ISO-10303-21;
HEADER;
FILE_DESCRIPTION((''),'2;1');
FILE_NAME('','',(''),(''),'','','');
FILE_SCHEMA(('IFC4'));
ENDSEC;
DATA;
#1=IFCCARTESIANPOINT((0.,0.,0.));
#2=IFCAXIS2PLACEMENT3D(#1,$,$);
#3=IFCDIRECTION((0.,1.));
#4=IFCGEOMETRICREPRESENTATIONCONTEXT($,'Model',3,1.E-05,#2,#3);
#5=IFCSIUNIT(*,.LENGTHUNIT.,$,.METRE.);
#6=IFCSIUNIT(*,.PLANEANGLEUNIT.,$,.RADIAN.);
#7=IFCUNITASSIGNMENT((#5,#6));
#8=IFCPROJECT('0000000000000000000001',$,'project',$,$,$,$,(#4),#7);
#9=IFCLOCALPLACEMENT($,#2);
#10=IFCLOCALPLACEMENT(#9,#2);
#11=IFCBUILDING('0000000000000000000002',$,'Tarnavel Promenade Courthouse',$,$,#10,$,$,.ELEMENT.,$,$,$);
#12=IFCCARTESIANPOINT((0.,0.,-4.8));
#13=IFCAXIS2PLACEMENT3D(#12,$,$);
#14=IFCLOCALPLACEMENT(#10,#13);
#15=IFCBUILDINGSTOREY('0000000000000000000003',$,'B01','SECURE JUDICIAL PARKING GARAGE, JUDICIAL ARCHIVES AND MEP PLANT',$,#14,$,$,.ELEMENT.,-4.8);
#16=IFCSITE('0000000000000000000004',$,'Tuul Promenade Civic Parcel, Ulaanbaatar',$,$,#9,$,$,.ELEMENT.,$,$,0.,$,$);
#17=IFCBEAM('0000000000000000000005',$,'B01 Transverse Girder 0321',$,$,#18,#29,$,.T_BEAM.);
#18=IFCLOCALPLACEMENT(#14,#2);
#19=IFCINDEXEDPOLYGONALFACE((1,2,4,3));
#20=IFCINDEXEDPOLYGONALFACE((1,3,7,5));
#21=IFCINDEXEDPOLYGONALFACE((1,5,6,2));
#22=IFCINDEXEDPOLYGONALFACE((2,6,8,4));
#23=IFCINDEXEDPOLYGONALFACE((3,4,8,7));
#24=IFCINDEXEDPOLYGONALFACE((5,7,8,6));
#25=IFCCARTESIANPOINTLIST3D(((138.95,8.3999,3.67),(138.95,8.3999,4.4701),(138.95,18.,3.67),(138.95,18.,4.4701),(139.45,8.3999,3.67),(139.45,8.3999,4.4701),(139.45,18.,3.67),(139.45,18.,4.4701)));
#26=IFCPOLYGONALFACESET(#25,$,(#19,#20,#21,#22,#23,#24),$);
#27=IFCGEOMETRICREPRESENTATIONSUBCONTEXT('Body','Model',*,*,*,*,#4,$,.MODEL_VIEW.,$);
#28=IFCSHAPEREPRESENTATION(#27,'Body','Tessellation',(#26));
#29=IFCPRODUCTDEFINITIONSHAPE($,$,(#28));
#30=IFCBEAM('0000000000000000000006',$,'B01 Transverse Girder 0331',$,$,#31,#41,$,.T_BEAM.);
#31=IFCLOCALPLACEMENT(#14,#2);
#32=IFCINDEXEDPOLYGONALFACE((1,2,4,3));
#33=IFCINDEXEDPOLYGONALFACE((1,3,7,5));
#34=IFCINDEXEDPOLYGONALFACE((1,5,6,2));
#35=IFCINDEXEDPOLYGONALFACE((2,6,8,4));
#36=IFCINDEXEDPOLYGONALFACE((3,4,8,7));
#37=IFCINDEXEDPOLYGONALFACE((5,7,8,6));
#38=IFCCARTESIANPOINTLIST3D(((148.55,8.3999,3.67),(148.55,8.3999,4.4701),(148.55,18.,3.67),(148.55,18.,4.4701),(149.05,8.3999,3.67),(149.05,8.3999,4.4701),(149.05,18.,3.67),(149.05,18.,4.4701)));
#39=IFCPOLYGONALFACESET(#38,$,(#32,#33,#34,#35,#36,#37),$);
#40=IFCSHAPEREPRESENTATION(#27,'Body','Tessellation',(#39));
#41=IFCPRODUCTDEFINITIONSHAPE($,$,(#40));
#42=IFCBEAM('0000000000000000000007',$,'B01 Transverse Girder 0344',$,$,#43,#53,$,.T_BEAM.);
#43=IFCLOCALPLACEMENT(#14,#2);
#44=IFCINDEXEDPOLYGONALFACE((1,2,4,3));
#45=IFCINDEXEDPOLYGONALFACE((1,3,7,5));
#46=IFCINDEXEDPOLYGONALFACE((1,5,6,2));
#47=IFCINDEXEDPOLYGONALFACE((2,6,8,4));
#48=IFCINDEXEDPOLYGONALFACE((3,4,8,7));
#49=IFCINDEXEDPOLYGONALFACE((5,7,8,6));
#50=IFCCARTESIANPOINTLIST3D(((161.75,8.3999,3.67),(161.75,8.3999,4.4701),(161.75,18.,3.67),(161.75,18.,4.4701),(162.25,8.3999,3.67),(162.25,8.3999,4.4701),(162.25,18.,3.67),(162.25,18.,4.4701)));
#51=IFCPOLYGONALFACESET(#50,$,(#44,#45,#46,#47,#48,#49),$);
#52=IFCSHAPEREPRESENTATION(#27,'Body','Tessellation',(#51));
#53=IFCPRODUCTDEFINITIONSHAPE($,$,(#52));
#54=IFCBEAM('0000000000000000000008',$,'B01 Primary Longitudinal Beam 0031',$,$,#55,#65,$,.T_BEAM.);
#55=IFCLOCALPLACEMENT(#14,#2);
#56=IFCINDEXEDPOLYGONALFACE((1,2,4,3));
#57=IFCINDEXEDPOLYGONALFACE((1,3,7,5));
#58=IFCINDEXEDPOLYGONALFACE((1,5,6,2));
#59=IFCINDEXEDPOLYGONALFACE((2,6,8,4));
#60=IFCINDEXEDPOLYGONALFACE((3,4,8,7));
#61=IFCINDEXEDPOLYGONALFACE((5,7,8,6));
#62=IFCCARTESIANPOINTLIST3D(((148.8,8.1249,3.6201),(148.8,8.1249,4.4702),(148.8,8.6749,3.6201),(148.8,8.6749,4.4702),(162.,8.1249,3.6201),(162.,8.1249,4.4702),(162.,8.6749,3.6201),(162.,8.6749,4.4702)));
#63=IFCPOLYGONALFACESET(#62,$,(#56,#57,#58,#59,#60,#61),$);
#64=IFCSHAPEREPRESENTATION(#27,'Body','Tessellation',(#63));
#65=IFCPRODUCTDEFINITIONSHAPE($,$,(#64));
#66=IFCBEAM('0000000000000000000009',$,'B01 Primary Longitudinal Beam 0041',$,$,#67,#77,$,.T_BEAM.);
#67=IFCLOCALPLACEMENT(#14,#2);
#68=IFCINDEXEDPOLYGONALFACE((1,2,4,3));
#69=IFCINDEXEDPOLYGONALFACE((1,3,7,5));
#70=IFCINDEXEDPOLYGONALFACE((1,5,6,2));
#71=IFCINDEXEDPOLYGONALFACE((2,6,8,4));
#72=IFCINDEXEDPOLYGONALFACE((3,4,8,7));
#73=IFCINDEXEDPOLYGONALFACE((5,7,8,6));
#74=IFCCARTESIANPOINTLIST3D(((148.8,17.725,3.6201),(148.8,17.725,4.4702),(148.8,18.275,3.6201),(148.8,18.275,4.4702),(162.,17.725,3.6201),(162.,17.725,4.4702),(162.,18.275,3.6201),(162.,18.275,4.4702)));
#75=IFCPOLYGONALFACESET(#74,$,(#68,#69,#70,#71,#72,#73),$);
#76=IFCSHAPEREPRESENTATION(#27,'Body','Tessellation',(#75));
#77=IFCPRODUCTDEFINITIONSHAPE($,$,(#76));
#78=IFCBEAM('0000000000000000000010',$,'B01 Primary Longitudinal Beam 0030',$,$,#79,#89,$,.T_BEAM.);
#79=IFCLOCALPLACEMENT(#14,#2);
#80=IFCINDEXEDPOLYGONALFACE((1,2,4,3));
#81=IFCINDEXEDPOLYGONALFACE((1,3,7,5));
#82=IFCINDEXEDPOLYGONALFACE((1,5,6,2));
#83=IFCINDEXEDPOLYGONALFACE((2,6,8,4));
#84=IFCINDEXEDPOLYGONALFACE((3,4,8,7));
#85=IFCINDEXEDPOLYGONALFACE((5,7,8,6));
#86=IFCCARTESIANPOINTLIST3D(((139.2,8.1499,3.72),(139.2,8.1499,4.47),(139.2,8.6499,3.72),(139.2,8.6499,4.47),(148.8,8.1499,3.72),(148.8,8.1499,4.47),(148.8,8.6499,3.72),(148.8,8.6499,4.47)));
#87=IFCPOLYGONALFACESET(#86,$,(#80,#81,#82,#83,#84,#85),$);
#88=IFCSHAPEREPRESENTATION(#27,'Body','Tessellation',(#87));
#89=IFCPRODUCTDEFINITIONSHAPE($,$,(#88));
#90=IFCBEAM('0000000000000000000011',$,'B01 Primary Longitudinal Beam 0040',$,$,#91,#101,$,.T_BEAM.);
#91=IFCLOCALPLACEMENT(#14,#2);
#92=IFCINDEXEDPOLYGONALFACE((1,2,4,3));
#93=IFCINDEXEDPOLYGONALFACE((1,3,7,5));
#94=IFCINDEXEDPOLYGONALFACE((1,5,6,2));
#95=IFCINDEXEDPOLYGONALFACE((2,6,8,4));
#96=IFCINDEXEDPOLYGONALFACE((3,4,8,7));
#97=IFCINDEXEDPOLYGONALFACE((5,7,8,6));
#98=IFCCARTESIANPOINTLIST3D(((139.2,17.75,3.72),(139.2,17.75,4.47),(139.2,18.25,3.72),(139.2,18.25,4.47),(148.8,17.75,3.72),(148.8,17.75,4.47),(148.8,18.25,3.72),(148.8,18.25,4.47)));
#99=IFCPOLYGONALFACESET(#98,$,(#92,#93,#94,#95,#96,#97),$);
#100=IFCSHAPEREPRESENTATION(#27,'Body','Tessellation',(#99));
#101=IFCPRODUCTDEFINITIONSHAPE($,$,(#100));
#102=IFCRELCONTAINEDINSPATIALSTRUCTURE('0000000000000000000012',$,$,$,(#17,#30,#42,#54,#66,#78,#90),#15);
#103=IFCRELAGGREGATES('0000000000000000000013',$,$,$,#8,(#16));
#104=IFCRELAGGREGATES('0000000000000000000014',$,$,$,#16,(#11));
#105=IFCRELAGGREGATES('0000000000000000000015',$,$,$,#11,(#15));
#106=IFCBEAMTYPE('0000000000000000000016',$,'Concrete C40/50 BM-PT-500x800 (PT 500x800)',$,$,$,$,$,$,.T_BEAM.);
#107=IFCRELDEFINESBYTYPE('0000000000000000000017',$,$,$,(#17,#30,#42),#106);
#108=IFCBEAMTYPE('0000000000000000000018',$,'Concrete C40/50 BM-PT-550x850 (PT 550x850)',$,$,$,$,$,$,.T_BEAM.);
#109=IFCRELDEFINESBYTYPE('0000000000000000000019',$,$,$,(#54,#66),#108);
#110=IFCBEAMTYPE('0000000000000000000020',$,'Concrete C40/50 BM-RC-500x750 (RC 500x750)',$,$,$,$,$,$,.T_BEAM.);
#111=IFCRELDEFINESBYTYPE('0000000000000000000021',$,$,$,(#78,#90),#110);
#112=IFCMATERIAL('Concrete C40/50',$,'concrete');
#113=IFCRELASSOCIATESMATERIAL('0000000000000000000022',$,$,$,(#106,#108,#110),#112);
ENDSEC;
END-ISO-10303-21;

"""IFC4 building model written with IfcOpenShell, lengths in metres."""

from ifc_helpers import new_model, si_unit, direction, frame, origin, origin_2d, place, context, subcontext, project, spatial, rectangle, extrude, material, material_profile, profile_set, type_object, element, save


model = new_model("IFC4")

# Units and contexts
model_context = context("Model", 3, precision=1e-05, world=origin(), true_north=direction((0.0, 1.0)))
body_context = subcontext(model_context, "Body", "Model", "MODEL_VIEW")
ifc_project = project(units=[si_unit("LENGTHUNIT", "METRE"), si_unit("PLANEANGLEUNIT", "RADIAN")], contexts=[model_context])

# Site, building, storey
site_placement = place(None, origin())
site = spatial("IfcSite", under=ifc_project, at=site_placement, Name="Tuul Promenade Civic Parcel, Ulaanbaatar", CompositionType="ELEMENT", RefElevation=0.0)
building_placement = place(site_placement, origin())
building = spatial("IfcBuilding", under=site, at=building_placement, Name="Tarnavel Promenade Courthouse", CompositionType="ELEMENT")
storey_placement = place(building_placement, frame((0.0, 0.0, -4.8)))
storey = spatial("IfcBuildingStorey", under=building, at=storey_placement, Name="B01", Description="SECURE JUDICIAL PARKING GARAGE, JUDICIAL ARCHIVES AND MEP PLANT", CompositionType="ELEMENT", Elevation=-4.8)

# Shared definitions
ifc_material_1 = material(Name="Concrete C40/50", Category="concrete")

# Beams
ifc_material_profile_1 = material_profile(ifc_material_1, rectangle(XDim=0.5, YDim=0.8, at=origin_2d()), Name="PT 500x800")
ifc_profile_set_1 = profile_set([ifc_material_profile_1], Name="Concrete C40/50")
beam_type_1 = type_object("IfcBeamType", Name="Concrete C40/50 BM-PT-500x800 (PT 500x800)", PredefinedType="T_BEAM", material=ifc_profile_set_1)
for number, where, z_axis, x_axis, name in (
    (1, (139.2, 8.3999, 4.0701), (0.0, 1.0, 0.0), (-1.0, 0.0, 0.0), "B01 Transverse Girder 0321"),
    (2, (148.8, 8.3999, 4.0701), (0.0, 1.0, 0.0), (-1.0, 0.0, 0.0), "B01 Transverse Girder 0331"),
    (3, (162.0, 8.3999, 4.0701), (0.0, 1.0, 0.0), (-1.0, 0.0, 0.0), "B01 Transverse Girder 0344"),
):
    element("IfcBeam", number, at=place(storey_placement, frame(where, z_axis=z_axis, x_axis=x_axis)), inside=storey, type_object=beam_type_1, Name=name, PredefinedType="T_BEAM", context=body_context, shape_type="SweptSolid", body=[
        extrude(rectangle(XDim=0.5, YDim=0.8, at=origin_2d()), origin(), (0.0, 0.0, 1.0), 9.6001),
    ])
ifc_material_profile_2 = material_profile(ifc_material_1, rectangle(XDim=0.55, YDim=0.8501, at=origin_2d()), Name="PT 550x850")
ifc_profile_set_2 = profile_set([ifc_material_profile_2], Name="Concrete C40/50")
beam_type_2 = type_object("IfcBeamType", Name="Concrete C40/50 BM-PT-550x850 (PT 550x850)", PredefinedType="T_BEAM", material=ifc_profile_set_2)
for number, where, z_axis, x_axis, name in (
    (4, (148.8, 8.3999, 4.0452), (1.0, 0.0, 0.0), (0.0, 1.0, 0.0), "B01 Primary Longitudinal Beam 0031"),
    (5, (148.8, 18.0, 4.0452), (1.0, 0.0, 0.0), (0.0, 1.0, 0.0), "B01 Primary Longitudinal Beam 0041"),
):
    element("IfcBeam", number, at=place(storey_placement, frame(where, z_axis=z_axis, x_axis=x_axis)), inside=storey, type_object=beam_type_2, Name=name, PredefinedType="T_BEAM", context=body_context, shape_type="SweptSolid", body=[
        extrude(rectangle(XDim=0.55, YDim=0.8501, at=origin_2d()), origin(), (0.0, 0.0, 1.0), 13.2),
    ])
ifc_material_profile_3 = material_profile(ifc_material_1, rectangle(XDim=0.5, YDim=0.75, at=origin_2d()), Name="RC 500x750")
ifc_profile_set_3 = profile_set([ifc_material_profile_3], Name="Concrete C40/50")
beam_type_3 = type_object("IfcBeamType", Name="Concrete C40/50 BM-RC-500x750 (RC 500x750)", PredefinedType="T_BEAM", material=ifc_profile_set_3)
for number, where, z_axis, x_axis, name in (
    (6, (139.2, 8.3999, 4.095), (1.0, 0.0, 0.0), (0.0, 1.0, 0.0), "B01 Primary Longitudinal Beam 0030"),
    (7, (139.2, 18.0, 4.095), (1.0, 0.0, 0.0), (0.0, 1.0, 0.0), "B01 Primary Longitudinal Beam 0040"),
):
    element("IfcBeam", number, at=place(storey_placement, frame(where, z_axis=z_axis, x_axis=x_axis)), inside=storey, type_object=beam_type_3, Name=name, PredefinedType="T_BEAM", context=body_context, shape_type="SweptSolid", body=[
        extrude(rectangle(XDim=0.5, YDim=0.75, at=origin_2d()), origin(), (0.0, 0.0, 1.0), 9.6001),
    ])

save(model, "model.ifc")
